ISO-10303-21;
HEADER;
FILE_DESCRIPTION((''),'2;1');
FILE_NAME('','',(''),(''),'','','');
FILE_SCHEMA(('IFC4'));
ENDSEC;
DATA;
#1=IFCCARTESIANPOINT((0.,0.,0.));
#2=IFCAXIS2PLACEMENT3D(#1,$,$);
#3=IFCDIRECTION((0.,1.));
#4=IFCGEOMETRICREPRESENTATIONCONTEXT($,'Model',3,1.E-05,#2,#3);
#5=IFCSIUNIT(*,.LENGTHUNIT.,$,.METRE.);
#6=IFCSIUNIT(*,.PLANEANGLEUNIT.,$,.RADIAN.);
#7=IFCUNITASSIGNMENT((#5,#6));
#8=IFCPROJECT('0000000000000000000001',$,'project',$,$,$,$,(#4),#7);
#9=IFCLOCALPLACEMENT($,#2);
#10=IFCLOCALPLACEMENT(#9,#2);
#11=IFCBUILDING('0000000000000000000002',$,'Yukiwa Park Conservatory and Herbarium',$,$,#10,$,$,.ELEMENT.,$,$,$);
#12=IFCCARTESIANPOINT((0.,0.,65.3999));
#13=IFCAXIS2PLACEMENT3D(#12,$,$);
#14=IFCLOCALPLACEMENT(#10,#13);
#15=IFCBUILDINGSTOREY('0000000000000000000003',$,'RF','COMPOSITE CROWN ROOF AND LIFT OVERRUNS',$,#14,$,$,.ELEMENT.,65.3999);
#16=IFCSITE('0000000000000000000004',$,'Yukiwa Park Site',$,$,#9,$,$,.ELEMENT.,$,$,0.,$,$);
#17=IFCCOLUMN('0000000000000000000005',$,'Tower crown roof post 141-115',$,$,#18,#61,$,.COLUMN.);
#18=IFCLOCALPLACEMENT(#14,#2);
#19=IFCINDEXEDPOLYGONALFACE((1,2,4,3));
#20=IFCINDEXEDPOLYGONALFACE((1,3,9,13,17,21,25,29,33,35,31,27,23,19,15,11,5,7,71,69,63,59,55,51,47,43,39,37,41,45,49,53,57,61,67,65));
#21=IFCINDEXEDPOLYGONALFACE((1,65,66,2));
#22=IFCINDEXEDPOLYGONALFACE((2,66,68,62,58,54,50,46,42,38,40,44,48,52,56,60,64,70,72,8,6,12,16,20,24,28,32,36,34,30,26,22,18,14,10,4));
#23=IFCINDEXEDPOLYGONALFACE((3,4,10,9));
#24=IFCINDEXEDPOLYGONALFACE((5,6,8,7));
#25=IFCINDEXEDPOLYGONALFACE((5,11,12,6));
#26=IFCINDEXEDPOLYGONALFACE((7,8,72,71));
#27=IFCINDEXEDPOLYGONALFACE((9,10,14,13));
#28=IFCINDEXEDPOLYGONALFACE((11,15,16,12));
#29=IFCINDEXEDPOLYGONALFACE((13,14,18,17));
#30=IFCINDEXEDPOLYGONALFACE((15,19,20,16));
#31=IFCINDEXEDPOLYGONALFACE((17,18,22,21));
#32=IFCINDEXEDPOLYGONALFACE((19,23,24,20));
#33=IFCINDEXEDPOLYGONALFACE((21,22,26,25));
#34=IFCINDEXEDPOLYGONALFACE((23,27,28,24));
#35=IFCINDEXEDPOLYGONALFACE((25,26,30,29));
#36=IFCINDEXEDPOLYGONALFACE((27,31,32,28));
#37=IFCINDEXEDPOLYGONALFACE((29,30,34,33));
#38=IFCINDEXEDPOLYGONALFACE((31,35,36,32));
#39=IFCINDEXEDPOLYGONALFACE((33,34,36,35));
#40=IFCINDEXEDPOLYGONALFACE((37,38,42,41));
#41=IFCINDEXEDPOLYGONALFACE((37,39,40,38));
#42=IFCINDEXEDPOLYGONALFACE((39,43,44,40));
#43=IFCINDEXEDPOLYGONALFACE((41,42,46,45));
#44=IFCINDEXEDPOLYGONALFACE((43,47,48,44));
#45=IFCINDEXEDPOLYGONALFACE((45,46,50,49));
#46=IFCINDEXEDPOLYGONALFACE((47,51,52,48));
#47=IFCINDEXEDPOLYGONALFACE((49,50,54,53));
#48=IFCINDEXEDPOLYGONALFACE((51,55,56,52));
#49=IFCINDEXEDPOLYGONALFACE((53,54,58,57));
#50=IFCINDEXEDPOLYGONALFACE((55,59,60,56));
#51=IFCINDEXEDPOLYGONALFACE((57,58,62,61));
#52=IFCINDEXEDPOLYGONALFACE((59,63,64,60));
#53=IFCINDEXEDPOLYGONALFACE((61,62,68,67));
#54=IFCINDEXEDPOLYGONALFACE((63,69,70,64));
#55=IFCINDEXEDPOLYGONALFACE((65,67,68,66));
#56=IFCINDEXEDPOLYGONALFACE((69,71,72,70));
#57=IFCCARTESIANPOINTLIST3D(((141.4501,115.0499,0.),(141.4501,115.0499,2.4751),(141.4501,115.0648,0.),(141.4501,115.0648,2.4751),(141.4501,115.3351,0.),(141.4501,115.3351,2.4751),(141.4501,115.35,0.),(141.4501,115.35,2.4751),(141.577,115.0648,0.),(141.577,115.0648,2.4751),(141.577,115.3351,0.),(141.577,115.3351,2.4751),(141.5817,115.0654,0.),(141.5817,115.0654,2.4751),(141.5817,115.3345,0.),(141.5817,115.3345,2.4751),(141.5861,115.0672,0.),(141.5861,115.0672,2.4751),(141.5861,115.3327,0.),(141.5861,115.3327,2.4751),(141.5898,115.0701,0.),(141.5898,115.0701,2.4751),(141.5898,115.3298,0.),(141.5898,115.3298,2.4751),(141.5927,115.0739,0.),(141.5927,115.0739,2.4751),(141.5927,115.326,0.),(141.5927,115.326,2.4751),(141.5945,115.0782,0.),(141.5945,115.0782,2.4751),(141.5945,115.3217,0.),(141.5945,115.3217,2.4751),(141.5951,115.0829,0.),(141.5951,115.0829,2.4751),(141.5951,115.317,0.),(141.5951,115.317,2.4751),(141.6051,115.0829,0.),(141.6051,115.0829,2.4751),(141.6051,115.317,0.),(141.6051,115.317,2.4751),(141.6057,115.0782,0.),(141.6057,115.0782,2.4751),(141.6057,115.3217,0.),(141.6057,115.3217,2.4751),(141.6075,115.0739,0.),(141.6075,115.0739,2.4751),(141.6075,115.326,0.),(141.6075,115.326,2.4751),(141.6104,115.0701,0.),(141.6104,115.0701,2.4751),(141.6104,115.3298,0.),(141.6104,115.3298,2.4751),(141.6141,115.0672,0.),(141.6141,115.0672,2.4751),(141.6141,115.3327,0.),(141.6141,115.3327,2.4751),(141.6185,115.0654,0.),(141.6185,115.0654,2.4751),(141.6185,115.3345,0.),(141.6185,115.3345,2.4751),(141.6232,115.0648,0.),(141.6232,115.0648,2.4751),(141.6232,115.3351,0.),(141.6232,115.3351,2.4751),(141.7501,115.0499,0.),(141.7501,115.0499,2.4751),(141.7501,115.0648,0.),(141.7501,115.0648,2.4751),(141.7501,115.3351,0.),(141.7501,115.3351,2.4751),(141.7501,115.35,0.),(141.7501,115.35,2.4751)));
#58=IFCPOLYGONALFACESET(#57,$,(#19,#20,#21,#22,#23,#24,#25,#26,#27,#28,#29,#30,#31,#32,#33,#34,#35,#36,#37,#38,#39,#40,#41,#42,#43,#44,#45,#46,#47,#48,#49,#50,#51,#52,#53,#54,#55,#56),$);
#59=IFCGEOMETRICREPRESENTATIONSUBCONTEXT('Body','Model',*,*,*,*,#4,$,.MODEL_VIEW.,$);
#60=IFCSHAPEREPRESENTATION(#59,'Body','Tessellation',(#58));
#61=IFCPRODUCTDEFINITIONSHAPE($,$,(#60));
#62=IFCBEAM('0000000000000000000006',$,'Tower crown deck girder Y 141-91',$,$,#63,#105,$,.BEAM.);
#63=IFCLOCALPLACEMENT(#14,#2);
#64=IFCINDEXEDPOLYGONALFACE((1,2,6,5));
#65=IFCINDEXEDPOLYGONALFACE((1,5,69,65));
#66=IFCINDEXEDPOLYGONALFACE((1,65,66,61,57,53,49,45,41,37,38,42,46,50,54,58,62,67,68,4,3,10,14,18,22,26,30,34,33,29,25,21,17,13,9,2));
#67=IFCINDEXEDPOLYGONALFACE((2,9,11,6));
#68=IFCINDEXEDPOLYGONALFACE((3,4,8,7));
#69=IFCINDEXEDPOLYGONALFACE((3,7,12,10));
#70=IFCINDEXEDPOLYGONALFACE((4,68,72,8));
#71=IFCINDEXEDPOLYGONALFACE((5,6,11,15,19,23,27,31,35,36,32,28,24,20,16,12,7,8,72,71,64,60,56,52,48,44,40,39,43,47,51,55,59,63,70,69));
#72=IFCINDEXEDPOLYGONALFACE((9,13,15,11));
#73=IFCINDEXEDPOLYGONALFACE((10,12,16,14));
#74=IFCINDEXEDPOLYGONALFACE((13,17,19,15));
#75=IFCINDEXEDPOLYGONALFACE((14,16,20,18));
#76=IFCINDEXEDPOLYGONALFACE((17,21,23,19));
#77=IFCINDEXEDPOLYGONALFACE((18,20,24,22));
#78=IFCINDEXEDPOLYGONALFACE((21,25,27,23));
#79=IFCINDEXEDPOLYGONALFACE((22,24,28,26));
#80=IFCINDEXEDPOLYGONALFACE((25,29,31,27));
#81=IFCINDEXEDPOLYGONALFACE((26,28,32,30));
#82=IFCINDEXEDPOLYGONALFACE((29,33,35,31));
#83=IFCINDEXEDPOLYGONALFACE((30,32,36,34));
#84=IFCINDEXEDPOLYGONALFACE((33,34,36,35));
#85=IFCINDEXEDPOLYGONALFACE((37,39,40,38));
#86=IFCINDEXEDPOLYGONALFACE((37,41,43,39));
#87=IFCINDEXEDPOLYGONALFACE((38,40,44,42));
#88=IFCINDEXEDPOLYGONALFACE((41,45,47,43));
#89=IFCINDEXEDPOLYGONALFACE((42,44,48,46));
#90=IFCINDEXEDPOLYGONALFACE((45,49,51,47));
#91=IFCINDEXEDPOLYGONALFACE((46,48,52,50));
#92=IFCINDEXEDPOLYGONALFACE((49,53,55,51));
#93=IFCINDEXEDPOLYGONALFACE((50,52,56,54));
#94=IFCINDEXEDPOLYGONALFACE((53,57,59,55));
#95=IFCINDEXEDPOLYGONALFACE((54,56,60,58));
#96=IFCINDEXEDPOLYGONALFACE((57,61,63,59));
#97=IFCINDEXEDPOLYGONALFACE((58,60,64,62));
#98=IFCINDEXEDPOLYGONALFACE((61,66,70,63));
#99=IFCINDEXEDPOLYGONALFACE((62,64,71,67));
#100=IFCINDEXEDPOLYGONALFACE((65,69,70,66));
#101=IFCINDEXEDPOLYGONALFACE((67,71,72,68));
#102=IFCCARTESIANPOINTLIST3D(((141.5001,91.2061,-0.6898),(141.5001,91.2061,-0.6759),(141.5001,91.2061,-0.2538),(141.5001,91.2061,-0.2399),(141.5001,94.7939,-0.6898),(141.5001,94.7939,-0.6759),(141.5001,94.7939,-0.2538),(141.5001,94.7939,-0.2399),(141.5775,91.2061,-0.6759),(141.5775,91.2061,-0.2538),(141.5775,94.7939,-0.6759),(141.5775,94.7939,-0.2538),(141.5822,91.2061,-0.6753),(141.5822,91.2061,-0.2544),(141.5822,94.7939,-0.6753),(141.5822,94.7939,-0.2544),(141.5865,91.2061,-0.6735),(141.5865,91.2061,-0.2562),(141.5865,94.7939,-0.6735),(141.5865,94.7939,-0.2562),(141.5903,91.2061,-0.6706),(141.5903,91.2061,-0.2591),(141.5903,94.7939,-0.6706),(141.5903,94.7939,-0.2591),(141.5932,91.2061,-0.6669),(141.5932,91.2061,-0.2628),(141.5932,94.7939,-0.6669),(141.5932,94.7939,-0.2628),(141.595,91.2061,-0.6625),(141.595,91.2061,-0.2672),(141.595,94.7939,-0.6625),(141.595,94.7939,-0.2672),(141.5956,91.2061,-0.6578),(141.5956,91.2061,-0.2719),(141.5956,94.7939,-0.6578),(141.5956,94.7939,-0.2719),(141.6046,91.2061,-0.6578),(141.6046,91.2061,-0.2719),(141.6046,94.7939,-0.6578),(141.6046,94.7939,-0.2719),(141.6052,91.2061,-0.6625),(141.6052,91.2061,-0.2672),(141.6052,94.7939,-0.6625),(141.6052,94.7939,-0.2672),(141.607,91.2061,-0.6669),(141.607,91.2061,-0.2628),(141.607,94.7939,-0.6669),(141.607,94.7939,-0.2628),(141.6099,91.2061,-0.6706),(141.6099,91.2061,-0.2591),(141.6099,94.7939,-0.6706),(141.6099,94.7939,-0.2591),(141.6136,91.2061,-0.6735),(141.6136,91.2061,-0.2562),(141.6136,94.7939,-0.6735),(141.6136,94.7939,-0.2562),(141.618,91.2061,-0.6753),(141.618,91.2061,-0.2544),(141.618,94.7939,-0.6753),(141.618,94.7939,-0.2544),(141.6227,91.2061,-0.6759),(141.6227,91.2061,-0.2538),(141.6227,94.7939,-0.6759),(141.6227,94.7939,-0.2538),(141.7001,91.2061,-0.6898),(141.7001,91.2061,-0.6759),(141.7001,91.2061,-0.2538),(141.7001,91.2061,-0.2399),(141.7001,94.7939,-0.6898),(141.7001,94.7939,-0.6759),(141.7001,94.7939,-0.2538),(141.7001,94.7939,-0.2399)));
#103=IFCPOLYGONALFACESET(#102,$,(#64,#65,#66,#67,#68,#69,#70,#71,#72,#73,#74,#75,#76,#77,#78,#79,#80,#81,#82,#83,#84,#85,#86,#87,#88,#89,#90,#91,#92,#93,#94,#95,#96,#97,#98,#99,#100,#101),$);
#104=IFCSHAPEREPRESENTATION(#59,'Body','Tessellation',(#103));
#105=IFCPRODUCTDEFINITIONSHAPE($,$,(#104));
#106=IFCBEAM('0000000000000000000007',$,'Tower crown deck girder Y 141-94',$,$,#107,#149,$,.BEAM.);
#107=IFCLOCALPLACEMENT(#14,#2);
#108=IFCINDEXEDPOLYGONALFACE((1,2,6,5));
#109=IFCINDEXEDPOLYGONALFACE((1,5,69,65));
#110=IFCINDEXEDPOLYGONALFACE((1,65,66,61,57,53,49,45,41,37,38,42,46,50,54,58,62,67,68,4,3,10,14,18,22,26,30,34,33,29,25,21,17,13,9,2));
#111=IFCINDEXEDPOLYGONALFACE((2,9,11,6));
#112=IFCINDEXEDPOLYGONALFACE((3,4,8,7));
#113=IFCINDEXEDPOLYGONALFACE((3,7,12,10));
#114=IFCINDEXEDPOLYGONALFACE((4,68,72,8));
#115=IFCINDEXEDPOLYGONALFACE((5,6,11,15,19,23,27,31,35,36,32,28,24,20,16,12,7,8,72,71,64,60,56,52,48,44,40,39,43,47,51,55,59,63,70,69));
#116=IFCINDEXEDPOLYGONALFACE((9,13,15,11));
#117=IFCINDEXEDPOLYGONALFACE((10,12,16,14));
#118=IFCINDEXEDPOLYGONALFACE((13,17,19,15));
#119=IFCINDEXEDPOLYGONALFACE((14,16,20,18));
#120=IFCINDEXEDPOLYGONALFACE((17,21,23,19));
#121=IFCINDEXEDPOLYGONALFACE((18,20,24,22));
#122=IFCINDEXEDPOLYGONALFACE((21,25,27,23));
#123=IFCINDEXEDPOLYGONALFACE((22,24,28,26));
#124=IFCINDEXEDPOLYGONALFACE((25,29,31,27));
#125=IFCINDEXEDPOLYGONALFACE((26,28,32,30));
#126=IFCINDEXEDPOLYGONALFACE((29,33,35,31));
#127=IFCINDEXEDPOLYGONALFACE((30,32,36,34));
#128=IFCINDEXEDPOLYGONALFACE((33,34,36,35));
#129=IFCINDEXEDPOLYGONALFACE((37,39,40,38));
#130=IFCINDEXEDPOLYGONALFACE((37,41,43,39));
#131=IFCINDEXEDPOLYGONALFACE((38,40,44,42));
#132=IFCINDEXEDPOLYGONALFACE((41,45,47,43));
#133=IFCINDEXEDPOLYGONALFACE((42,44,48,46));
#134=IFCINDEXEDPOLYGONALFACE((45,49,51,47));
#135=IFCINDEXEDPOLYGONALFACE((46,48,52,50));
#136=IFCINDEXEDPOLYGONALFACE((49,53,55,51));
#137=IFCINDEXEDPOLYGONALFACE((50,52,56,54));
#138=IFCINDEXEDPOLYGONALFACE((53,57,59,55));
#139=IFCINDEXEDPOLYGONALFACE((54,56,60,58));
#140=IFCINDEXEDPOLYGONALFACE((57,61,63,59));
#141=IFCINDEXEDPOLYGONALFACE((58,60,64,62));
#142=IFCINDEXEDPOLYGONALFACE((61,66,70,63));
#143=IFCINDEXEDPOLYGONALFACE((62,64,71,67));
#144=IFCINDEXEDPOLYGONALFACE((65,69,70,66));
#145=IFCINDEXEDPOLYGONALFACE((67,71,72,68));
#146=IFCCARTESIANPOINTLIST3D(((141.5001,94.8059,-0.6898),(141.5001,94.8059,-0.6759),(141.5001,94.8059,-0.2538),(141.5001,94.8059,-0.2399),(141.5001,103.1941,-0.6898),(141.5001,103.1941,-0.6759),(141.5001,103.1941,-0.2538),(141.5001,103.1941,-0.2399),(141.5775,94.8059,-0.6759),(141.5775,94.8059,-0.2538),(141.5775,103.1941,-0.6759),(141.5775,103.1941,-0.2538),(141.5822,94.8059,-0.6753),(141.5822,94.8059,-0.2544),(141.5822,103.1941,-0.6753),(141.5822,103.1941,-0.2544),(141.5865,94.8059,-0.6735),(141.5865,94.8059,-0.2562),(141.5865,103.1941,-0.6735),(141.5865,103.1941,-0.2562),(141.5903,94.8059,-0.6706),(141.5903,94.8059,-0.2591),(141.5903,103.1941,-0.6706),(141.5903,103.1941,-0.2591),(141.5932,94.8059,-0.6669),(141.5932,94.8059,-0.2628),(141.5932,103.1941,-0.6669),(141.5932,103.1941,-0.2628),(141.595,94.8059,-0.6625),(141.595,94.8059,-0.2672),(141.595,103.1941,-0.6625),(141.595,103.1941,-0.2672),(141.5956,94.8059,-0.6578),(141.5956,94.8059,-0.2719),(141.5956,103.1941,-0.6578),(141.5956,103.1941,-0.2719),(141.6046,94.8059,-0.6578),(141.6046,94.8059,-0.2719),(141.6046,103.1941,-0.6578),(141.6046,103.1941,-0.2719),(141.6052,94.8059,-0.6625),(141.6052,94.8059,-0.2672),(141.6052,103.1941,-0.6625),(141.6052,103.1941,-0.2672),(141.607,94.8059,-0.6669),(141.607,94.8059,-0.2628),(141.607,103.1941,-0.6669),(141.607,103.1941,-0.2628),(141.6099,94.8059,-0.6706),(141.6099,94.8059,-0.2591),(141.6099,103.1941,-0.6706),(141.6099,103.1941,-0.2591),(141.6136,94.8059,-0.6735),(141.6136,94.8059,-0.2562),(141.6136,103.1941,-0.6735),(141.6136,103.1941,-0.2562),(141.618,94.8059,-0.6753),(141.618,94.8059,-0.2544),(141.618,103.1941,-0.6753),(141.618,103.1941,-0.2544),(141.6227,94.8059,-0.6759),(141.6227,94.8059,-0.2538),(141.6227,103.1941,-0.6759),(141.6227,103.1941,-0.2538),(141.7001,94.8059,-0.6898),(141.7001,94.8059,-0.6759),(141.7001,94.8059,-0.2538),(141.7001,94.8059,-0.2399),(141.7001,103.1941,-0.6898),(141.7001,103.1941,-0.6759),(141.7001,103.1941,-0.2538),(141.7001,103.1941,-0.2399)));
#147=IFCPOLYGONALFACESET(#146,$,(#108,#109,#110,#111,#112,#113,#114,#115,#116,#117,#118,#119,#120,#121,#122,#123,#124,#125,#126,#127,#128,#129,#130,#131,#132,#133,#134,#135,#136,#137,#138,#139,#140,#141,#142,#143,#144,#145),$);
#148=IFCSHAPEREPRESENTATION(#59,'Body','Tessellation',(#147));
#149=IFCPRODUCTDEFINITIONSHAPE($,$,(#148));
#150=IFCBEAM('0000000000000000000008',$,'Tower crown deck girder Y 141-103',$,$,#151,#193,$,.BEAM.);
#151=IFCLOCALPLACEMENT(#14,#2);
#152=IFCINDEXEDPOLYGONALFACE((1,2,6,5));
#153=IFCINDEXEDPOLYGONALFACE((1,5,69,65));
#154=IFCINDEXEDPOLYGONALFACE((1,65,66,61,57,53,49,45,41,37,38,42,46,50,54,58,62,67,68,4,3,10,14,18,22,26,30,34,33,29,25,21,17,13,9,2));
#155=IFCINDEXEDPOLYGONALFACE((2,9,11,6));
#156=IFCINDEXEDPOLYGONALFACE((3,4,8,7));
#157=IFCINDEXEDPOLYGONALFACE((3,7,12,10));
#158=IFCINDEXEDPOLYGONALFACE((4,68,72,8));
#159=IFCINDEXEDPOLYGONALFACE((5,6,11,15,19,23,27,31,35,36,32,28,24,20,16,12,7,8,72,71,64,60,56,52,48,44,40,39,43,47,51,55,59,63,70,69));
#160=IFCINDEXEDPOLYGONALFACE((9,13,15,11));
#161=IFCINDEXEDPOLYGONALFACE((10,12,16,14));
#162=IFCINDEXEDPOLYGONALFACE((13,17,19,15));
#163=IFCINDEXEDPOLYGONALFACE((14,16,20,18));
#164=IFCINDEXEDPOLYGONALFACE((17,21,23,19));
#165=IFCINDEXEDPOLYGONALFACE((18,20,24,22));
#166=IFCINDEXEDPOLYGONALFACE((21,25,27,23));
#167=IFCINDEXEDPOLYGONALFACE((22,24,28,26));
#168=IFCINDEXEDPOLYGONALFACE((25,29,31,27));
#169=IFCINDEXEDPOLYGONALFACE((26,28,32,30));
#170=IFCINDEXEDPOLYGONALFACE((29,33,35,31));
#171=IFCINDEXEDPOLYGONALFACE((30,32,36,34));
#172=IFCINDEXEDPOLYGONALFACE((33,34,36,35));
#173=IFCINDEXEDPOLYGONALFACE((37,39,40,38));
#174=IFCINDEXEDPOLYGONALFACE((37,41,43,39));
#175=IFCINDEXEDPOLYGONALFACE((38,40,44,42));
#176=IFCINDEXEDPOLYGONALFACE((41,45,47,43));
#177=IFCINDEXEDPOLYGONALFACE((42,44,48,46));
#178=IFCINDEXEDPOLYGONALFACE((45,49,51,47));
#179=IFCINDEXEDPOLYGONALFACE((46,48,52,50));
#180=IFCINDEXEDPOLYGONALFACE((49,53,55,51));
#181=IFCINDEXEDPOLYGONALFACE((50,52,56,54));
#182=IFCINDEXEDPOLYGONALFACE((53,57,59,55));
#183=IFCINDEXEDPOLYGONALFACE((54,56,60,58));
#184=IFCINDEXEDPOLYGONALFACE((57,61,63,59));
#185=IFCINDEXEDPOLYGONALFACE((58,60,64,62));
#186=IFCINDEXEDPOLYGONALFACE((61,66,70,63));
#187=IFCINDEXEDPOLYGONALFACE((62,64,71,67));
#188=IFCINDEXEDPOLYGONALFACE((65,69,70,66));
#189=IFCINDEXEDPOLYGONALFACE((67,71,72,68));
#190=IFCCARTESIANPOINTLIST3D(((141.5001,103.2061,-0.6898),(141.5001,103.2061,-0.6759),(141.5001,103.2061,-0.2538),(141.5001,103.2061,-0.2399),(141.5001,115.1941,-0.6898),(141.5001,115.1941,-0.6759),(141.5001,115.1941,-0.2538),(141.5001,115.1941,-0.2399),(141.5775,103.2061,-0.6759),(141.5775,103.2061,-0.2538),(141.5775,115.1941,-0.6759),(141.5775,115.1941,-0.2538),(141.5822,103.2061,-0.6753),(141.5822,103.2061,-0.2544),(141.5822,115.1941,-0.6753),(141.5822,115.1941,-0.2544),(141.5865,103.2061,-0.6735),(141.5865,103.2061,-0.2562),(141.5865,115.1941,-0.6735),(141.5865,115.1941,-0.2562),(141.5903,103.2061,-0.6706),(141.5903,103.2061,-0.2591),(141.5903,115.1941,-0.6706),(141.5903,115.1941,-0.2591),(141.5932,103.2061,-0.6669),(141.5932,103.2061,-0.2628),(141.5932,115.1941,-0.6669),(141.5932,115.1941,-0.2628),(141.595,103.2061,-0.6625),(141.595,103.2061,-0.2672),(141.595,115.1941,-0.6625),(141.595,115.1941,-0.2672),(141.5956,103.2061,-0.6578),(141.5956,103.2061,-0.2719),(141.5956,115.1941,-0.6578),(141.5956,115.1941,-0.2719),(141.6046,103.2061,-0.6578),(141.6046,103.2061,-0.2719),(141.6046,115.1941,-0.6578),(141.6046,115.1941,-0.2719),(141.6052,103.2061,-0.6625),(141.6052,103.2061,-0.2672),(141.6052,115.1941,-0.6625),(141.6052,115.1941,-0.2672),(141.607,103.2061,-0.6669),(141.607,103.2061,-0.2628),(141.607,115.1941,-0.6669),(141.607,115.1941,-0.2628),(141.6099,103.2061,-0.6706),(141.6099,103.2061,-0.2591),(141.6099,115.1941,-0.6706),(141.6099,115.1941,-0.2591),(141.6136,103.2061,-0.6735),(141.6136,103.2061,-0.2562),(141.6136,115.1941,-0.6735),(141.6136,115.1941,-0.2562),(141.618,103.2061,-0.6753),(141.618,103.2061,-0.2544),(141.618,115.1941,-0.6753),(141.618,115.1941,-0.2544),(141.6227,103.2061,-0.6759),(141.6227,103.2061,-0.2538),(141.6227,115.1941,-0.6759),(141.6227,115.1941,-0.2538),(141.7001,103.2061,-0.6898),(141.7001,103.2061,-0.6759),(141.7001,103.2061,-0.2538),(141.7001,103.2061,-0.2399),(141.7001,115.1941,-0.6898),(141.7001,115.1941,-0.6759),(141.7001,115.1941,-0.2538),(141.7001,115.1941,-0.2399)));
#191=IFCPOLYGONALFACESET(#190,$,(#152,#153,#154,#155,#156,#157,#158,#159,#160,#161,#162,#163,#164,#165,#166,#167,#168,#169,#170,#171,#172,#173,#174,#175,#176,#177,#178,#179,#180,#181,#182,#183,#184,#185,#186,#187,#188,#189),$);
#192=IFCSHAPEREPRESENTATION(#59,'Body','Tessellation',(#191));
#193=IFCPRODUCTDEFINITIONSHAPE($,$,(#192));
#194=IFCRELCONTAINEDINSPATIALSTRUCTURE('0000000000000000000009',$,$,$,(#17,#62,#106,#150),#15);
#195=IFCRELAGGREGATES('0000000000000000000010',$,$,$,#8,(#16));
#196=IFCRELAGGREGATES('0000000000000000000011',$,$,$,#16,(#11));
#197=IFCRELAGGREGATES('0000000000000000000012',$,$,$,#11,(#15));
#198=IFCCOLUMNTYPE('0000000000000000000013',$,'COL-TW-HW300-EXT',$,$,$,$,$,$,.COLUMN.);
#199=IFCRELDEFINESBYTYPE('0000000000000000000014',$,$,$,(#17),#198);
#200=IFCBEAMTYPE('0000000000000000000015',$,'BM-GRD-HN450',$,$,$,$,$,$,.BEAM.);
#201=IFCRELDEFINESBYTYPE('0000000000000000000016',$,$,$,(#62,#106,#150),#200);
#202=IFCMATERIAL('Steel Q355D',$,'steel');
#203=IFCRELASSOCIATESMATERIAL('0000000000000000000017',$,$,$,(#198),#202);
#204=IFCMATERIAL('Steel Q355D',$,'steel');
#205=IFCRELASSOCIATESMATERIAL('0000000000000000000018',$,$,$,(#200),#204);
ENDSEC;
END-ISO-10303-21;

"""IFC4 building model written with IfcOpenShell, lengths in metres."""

from ifc_helpers import new_model, si_unit, direction, frame, origin, origin_2d, place, context, subcontext, project, spatial, i_section, extrude, material, material_profile, profile_set, type_object, element, save


model = new_model("IFC4")

# Units and contexts
model_context = context("Model", 3, precision=1e-05, world=origin(), true_north=direction((0.0, 1.0)))
body_context = subcontext(model_context, "Body", "Model", "MODEL_VIEW")
ifc_project = project(units=[si_unit("LENGTHUNIT", "METRE"), si_unit("PLANEANGLEUNIT", "RADIAN")], contexts=[model_context])

# Site, building, storey
site_placement = place(None, origin())
site = spatial("IfcSite", under=ifc_project, at=site_placement, Name="Yukiwa Park Site", CompositionType="ELEMENT", RefElevation=0.0)
building_placement = place(site_placement, origin())
building = spatial("IfcBuilding", under=site, at=building_placement, Name="Yukiwa Park Conservatory and Herbarium", CompositionType="ELEMENT")
storey_placement = place(building_placement, frame((0.0, 0.0, 65.3999)))
storey = spatial("IfcBuildingStorey", under=building, at=storey_placement, Name="RF", Description="COMPOSITE CROWN ROOF AND LIFT OVERRUNS", CompositionType="ELEMENT", Elevation=65.3999)

# Column
ifc_material_1 = material(Name="Steel Q355D", Category="steel")
ifc_material_profile_1 = material_profile(ifc_material_1, i_section(OverallWidth=0.3, OverallDepth=0.3, WebThickness=0.01, FlangeThickness=0.0149, FilletRadius=0.0181, at=origin_2d()), Name="HW 300x300x10x15")
ifc_profile_set_1 = profile_set([ifc_material_profile_1], Name="Steel Q355D")
column_type_1 = type_object("IfcColumnType", Name="COL-TW-HW300-EXT", PredefinedType="COLUMN", material=ifc_profile_set_1)
column_1_placement = place(storey_placement, frame((141.6001, 115.2, 0.0), z_axis=(0.0, 0.0, 1.0), x_axis=(1.0, 0.0, 0.0)))
element("IfcColumn", 1, at=column_1_placement, inside=storey, type_object=column_type_1, Name="Tower crown roof post 141-115", PredefinedType="COLUMN", context=body_context, shape_type="SweptSolid", body=[
    extrude(i_section(OverallWidth=0.3, OverallDepth=0.3, WebThickness=0.01, FlangeThickness=0.0149, FilletRadius=0.0181, at=origin_2d()), origin(), (0.0, 0.0, 1.0), 2.4751),
])

# Beams
ifc_material_2 = material(Name="Steel Q355D", Category="steel")
ifc_material_profile_2 = material_profile(ifc_material_2, i_section(OverallWidth=0.2, OverallDepth=0.45, WebThickness=0.009, FlangeThickness=0.0139, FilletRadius=0.0181, at=origin_2d()), Name="HN 450x200x9x14")
ifc_profile_set_2 = profile_set([ifc_material_profile_2], Name="Steel Q355D")
beam_type_1 = type_object("IfcBeamType", Name="BM-GRD-HN450", PredefinedType="BEAM", material=ifc_profile_set_2)
beam_1_placement = place(storey_placement, frame((141.6001, 91.2061, -0.4648), z_axis=(0.0, 1.0, 0.0), x_axis=(-1.0, 0.0, 0.0)))
element("IfcBeam", 2, at=beam_1_placement, inside=storey, type_object=beam_type_1, Name="Tower crown deck girder Y 141-91", PredefinedType="BEAM", context=body_context, shape_type="SweptSolid", body=[
    extrude(i_section(OverallWidth=0.2, OverallDepth=0.45, WebThickness=0.009, FlangeThickness=0.0139, FilletRadius=0.0181, at=origin_2d()), origin(), (0.0, 0.0, 1.0), 3.5879),
])
beam_2_placement = place(storey_placement, frame((141.6001, 94.8059, -0.4648), z_axis=(0.0, 1.0, 0.0), x_axis=(-1.0, 0.0, 0.0)))
element("IfcBeam", 3, at=beam_2_placement, inside=storey, type_object=beam_type_1, Name="Tower crown deck girder Y 141-94", PredefinedType="BEAM", context=body_context, shape_type="SweptSolid", body=[
    extrude(i_section(OverallWidth=0.2, OverallDepth=0.45, WebThickness=0.009, FlangeThickness=0.0139, FilletRadius=0.0181, at=origin_2d()), origin(), (0.0, 0.0, 1.0), 8.3882),
])
beam_3_placement = place(storey_placement, frame((141.6001, 103.2061, -0.4648), z_axis=(0.0, 1.0, 0.0), x_axis=(-1.0, 0.0, 0.0)))
element("IfcBeam", 4, at=beam_3_placement, inside=storey, type_object=beam_type_1, Name="Tower crown deck girder Y 141-103", PredefinedType="BEAM", context=body_context, shape_type="SweptSolid", body=[
    extrude(i_section(OverallWidth=0.2, OverallDepth=0.45, WebThickness=0.009, FlangeThickness=0.0139, FilletRadius=0.0181, at=origin_2d()), origin(), (0.0, 0.0, 1.0), 11.988),
])

save(model, "model.ifc")
